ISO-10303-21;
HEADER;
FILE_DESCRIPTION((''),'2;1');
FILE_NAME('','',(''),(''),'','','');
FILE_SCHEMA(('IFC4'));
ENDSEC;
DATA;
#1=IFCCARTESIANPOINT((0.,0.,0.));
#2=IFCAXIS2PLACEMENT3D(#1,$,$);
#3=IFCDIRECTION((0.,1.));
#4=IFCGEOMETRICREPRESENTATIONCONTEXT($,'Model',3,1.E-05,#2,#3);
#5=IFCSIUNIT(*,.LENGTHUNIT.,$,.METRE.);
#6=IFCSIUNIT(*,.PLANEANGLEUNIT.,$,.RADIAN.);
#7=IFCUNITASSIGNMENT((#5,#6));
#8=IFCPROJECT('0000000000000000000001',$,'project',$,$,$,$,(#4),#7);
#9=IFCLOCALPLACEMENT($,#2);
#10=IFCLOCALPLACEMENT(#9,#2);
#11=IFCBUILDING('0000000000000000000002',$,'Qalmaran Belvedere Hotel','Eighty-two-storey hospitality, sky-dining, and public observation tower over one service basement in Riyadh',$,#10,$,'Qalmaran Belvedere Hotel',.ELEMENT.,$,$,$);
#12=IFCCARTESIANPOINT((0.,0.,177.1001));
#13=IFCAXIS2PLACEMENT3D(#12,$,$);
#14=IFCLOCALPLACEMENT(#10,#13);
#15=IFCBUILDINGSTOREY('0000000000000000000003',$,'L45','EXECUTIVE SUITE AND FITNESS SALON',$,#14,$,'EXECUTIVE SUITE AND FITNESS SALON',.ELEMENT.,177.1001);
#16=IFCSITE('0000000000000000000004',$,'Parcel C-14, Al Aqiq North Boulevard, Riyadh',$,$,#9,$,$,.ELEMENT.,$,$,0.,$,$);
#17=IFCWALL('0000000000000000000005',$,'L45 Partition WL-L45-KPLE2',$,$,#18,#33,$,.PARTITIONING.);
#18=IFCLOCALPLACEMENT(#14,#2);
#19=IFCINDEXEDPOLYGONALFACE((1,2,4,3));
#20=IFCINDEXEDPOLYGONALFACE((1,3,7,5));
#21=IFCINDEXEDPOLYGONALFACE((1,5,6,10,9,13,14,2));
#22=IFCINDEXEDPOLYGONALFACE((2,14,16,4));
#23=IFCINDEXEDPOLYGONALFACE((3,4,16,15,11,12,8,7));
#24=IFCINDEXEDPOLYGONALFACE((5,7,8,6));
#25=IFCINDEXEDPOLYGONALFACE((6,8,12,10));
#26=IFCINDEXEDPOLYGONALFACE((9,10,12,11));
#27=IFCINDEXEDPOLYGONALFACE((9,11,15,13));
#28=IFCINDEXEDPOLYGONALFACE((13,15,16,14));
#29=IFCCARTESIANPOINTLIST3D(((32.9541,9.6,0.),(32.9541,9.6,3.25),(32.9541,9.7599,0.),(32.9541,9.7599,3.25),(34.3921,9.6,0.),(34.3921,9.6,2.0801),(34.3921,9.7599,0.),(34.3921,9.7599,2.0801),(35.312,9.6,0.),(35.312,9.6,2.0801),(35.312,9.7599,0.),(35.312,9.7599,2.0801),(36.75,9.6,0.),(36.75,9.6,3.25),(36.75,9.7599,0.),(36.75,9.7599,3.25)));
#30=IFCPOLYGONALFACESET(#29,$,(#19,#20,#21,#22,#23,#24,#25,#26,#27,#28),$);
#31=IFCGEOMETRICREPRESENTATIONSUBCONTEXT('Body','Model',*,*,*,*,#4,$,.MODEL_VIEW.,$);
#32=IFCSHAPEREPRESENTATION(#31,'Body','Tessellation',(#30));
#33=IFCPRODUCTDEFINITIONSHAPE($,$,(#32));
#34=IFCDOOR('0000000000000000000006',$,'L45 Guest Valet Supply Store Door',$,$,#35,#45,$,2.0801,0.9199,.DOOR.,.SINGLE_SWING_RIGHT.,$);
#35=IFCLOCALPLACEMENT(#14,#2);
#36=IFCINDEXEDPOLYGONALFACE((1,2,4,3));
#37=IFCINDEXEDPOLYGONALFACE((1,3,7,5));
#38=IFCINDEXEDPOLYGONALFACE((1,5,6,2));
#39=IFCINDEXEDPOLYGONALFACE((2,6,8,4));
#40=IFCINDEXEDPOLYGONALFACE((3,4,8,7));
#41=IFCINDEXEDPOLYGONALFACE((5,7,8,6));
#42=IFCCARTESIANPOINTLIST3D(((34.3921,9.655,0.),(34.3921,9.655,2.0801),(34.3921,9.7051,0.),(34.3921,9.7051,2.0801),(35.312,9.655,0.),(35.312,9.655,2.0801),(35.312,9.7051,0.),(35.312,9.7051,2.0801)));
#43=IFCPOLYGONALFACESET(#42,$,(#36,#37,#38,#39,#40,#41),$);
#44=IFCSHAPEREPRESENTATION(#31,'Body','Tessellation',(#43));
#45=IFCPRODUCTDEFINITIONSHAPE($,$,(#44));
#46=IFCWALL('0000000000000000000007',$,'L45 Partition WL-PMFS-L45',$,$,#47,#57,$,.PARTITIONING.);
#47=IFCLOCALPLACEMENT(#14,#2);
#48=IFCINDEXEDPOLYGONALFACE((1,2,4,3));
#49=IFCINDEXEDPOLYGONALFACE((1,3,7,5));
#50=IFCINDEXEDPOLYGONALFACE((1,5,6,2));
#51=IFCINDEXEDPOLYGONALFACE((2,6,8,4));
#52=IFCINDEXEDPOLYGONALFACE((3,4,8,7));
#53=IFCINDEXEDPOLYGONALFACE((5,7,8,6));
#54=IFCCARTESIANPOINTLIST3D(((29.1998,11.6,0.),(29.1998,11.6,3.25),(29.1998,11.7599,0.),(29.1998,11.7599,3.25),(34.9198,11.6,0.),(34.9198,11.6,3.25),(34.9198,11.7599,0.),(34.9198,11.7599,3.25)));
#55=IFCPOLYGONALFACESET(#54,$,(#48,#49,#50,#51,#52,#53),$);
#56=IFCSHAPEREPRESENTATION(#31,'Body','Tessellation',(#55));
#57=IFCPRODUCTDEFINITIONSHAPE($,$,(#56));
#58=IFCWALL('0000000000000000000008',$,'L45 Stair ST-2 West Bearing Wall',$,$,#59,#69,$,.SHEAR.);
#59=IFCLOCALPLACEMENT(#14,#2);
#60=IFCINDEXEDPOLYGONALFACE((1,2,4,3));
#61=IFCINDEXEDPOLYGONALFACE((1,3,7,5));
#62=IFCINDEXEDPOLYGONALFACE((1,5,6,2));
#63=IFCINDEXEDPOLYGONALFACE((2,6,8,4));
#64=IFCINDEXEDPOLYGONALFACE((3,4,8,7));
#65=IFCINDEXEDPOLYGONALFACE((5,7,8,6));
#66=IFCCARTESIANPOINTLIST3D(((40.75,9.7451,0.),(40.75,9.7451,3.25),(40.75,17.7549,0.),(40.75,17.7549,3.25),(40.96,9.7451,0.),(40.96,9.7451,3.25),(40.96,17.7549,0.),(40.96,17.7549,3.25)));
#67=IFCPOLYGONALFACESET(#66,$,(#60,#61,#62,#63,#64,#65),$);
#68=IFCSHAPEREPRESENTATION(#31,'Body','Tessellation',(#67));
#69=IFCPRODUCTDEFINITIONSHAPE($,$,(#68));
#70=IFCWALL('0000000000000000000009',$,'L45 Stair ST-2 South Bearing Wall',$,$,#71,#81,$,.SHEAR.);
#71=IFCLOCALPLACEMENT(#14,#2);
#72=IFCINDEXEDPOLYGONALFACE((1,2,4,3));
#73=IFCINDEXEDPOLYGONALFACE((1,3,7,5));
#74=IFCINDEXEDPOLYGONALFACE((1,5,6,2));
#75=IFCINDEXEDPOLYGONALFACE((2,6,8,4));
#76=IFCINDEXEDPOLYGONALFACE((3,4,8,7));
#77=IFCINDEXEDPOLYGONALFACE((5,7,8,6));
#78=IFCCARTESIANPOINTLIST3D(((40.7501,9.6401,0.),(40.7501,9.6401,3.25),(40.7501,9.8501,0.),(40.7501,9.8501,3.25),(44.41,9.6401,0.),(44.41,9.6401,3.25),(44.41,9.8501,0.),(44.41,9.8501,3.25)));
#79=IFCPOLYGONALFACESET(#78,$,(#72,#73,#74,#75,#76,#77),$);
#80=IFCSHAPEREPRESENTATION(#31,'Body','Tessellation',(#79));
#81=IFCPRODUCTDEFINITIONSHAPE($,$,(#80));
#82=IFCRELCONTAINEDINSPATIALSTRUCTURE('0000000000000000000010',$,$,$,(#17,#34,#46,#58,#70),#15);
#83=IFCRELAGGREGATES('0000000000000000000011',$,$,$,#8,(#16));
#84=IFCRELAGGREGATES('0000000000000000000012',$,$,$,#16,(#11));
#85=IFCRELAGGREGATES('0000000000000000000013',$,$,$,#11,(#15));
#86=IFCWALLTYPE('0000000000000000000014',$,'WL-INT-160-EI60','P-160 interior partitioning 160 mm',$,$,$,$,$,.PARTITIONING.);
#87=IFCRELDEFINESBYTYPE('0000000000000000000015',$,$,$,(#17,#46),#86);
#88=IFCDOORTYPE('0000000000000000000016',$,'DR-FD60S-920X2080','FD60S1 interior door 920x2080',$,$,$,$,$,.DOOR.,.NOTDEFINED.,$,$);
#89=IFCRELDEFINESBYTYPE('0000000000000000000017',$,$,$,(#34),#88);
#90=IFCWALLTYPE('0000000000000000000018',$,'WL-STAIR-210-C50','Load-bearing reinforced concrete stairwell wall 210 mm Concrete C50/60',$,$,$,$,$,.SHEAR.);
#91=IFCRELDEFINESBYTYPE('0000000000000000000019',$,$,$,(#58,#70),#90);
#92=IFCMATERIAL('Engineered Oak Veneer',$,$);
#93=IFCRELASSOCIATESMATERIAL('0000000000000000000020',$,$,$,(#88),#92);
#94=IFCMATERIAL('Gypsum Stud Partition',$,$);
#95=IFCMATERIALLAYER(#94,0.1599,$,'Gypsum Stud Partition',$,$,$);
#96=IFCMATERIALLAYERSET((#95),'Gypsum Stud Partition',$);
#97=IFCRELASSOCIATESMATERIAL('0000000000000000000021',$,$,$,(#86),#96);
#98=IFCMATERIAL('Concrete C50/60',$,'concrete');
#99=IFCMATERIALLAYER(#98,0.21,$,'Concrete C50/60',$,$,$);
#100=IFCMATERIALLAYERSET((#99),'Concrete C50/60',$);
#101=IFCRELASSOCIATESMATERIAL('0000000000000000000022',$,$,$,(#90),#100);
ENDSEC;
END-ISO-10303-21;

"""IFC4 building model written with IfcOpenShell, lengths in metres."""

from ifc_helpers import new_model, si_unit, direction, frame, frame_2d, origin, place, context, subcontext, project, spatial, rectangle, extrude, material, layer, layer_set, type_object, element, fill, save


model = new_model("IFC4")

# Units and contexts
model_context = context("Model", 3, precision=1e-05, world=origin(), true_north=direction((0.0, 1.0)))
body_context = subcontext(model_context, "Body", "Model", "MODEL_VIEW")
ifc_project = project(units=[si_unit("LENGTHUNIT", "METRE"), si_unit("PLANEANGLEUNIT", "RADIAN")], contexts=[model_context])

# Site, building, storey
site_placement = place(None, origin())
site = spatial("IfcSite", under=ifc_project, at=site_placement, Name="Parcel C-14, Al Aqiq North Boulevard, Riyadh", CompositionType="ELEMENT", RefElevation=0.0)
building_placement = place(site_placement, origin())
building = spatial("IfcBuilding", under=site, at=building_placement, Name="Qalmaran Belvedere Hotel", Description="Eighty-two-storey hospitality, sky-dining, and public observation tower over one service basement in Riyadh", LongName="Qalmaran Belvedere Hotel", CompositionType="ELEMENT")
storey_placement = place(building_placement, frame((0.0, 0.0, 177.1001)))
storey = spatial("IfcBuildingStorey", under=building, at=storey_placement, Name="L45", Description="EXECUTIVE SUITE AND FITNESS SALON", LongName="EXECUTIVE SUITE AND FITNESS SALON", CompositionType="ELEMENT", Elevation=177.1001)

# Shared definitions
ifc_material_1 = material(Name="Concrete C50/60", Category="concrete")

# Shared definitions
ifc_material_2 = material(Name="Gypsum Stud Partition")

# Shared definitions
ifc_material_3 = material(Name="Engineered Oak Veneer")
door_type_1 = type_object("IfcDoorType", Name="DR-FD60S-920X2080", Description="FD60S1 interior door 920x2080", OperationType="NOTDEFINED", PredefinedType="DOOR", material=ifc_material_3)
ifc_layer_1 = layer(ifc_material_2, 0.1599, Name="Gypsum Stud Partition")
ifc_layer_set_1 = layer_set([ifc_layer_1], Name="Gypsum Stud Partition")
wall_type_1 = type_object("IfcWallType", Name="WL-INT-160-EI60", Description="P-160 interior partitioning 160 mm", PredefinedType="PARTITIONING", material=ifc_layer_set_1)

# Wall, opening, door
wall_1_placement = place(storey_placement, frame((32.9541, 9.6799, 0.0), z_axis=(0.0, 0.0, 1.0), x_axis=(1.0, 0.0, 0.0)))
wall_1 = element("IfcWall", 1, at=wall_1_placement, inside=storey, type_object=wall_type_1, Name="L45 Partition WL-L45-KPLE2", PredefinedType="PARTITIONING", context=body_context, shape_type="SweptSolid", body=[
    extrude(rectangle(XDim=3.7959, YDim=0.1599, at=frame_2d((1.8979, 0.0))), origin(), (0.0, 0.0, 1.0), 3.25),
])
opening_1_placement = place(wall_1_placement, frame((2.3579, 0.0, 0.0), z_axis=(0.0, 0.0, 1.0), x_axis=(-1.0, 0.0, 0.0)))
opening_1 = element("IfcOpeningElement", 2, at=opening_1_placement, cuts=wall_1, PredefinedType="OPENING", context=body_context, shape_type="SweptSolid", body=[
    extrude(rectangle(XDim=0.9199, YDim=2.0801, at=frame_2d((0.46, 1.04))), frame((0.0, 0.0898, 0.0), z_axis=(0.0, -1.0, 0.0), x_axis=(1.0, 0.0, 0.0)), (0.0, 0.0, 1.0), 0.1799),
])
door_1_placement = place(opening_1_placement, origin())
door_1 = element("IfcDoor", 3, at=door_1_placement, inside=storey, type_object=door_type_1, Name="L45 Guest Valet Supply Store Door", OperationType="SINGLE_SWING_RIGHT", OverallHeight=2.0801, OverallWidth=0.9199, PredefinedType="DOOR", context=body_context, shape_type="SweptSolid", body=[
    extrude(rectangle(XDim=0.9199, YDim=2.0801, at=frame_2d((0.46, 1.04))), frame((0.0, 0.0249, 0.0), z_axis=(0.0, -1.0, 0.0), x_axis=(1.0, 0.0, 0.0)), (0.0, 0.0, 1.0), 0.05),
])
fill(opening_1, door_1)

# Walls
wall_2_placement = place(storey_placement, frame((29.2, 11.6799, 0.0), z_axis=(0.0, 0.0, 1.0), x_axis=(1.0, 0.0, 0.0)))
element("IfcWall", 4, at=wall_2_placement, inside=storey, type_object=wall_type_1, Name="L45 Partition WL-PMFS-L45", PredefinedType="PARTITIONING", context=body_context, shape_type="SweptSolid", body=[
    extrude(rectangle(XDim=5.72, YDim=0.1599, at=frame_2d((2.8599, 0.0))), origin(), (0.0, 0.0, 1.0), 3.25),
])
ifc_layer_2 = layer(ifc_material_1, 0.21, Name="Concrete C50/60")
ifc_layer_set_2 = layer_set([ifc_layer_2], Name="Concrete C50/60")
wall_type_2 = type_object("IfcWallType", Name="WL-STAIR-210-C50", Description="Load-bearing reinforced concrete stairwell wall 210 mm Concrete C50/60", PredefinedType="SHEAR", material=ifc_layer_set_2)
wall_3_placement = place(storey_placement, frame((40.855, 9.7451, 0.0), z_axis=(0.0, 0.0, 1.0), x_axis=(0.0, 1.0, 0.0)))
element("IfcWall", 5, at=wall_3_placement, inside=storey, type_object=wall_type_2, Name="L45 Stair ST-2 West Bearing Wall", PredefinedType="SHEAR", context=body_context, shape_type="SweptSolid", body=[
    extrude(rectangle(XDim=8.0098, YDim=0.21, at=frame_2d((4.0049, 0.0))), origin(), (0.0, 0.0, 1.0), 3.25),
])
wall_4_placement = place(storey_placement, frame((40.75, 9.7451, 0.0), z_axis=(0.0, 0.0, 1.0), x_axis=(1.0, 0.0, 0.0)))
element("IfcWall", 6, at=wall_4_placement, inside=storey, type_object=wall_type_2, Name="L45 Stair ST-2 South Bearing Wall", PredefinedType="SHEAR", context=body_context, shape_type="SweptSolid", body=[
    extrude(rectangle(XDim=3.6599, YDim=0.21, at=frame_2d((1.8301, 0.0))), origin(), (0.0, 0.0, 1.0), 3.25),
])

save(model, "model.ifc")
